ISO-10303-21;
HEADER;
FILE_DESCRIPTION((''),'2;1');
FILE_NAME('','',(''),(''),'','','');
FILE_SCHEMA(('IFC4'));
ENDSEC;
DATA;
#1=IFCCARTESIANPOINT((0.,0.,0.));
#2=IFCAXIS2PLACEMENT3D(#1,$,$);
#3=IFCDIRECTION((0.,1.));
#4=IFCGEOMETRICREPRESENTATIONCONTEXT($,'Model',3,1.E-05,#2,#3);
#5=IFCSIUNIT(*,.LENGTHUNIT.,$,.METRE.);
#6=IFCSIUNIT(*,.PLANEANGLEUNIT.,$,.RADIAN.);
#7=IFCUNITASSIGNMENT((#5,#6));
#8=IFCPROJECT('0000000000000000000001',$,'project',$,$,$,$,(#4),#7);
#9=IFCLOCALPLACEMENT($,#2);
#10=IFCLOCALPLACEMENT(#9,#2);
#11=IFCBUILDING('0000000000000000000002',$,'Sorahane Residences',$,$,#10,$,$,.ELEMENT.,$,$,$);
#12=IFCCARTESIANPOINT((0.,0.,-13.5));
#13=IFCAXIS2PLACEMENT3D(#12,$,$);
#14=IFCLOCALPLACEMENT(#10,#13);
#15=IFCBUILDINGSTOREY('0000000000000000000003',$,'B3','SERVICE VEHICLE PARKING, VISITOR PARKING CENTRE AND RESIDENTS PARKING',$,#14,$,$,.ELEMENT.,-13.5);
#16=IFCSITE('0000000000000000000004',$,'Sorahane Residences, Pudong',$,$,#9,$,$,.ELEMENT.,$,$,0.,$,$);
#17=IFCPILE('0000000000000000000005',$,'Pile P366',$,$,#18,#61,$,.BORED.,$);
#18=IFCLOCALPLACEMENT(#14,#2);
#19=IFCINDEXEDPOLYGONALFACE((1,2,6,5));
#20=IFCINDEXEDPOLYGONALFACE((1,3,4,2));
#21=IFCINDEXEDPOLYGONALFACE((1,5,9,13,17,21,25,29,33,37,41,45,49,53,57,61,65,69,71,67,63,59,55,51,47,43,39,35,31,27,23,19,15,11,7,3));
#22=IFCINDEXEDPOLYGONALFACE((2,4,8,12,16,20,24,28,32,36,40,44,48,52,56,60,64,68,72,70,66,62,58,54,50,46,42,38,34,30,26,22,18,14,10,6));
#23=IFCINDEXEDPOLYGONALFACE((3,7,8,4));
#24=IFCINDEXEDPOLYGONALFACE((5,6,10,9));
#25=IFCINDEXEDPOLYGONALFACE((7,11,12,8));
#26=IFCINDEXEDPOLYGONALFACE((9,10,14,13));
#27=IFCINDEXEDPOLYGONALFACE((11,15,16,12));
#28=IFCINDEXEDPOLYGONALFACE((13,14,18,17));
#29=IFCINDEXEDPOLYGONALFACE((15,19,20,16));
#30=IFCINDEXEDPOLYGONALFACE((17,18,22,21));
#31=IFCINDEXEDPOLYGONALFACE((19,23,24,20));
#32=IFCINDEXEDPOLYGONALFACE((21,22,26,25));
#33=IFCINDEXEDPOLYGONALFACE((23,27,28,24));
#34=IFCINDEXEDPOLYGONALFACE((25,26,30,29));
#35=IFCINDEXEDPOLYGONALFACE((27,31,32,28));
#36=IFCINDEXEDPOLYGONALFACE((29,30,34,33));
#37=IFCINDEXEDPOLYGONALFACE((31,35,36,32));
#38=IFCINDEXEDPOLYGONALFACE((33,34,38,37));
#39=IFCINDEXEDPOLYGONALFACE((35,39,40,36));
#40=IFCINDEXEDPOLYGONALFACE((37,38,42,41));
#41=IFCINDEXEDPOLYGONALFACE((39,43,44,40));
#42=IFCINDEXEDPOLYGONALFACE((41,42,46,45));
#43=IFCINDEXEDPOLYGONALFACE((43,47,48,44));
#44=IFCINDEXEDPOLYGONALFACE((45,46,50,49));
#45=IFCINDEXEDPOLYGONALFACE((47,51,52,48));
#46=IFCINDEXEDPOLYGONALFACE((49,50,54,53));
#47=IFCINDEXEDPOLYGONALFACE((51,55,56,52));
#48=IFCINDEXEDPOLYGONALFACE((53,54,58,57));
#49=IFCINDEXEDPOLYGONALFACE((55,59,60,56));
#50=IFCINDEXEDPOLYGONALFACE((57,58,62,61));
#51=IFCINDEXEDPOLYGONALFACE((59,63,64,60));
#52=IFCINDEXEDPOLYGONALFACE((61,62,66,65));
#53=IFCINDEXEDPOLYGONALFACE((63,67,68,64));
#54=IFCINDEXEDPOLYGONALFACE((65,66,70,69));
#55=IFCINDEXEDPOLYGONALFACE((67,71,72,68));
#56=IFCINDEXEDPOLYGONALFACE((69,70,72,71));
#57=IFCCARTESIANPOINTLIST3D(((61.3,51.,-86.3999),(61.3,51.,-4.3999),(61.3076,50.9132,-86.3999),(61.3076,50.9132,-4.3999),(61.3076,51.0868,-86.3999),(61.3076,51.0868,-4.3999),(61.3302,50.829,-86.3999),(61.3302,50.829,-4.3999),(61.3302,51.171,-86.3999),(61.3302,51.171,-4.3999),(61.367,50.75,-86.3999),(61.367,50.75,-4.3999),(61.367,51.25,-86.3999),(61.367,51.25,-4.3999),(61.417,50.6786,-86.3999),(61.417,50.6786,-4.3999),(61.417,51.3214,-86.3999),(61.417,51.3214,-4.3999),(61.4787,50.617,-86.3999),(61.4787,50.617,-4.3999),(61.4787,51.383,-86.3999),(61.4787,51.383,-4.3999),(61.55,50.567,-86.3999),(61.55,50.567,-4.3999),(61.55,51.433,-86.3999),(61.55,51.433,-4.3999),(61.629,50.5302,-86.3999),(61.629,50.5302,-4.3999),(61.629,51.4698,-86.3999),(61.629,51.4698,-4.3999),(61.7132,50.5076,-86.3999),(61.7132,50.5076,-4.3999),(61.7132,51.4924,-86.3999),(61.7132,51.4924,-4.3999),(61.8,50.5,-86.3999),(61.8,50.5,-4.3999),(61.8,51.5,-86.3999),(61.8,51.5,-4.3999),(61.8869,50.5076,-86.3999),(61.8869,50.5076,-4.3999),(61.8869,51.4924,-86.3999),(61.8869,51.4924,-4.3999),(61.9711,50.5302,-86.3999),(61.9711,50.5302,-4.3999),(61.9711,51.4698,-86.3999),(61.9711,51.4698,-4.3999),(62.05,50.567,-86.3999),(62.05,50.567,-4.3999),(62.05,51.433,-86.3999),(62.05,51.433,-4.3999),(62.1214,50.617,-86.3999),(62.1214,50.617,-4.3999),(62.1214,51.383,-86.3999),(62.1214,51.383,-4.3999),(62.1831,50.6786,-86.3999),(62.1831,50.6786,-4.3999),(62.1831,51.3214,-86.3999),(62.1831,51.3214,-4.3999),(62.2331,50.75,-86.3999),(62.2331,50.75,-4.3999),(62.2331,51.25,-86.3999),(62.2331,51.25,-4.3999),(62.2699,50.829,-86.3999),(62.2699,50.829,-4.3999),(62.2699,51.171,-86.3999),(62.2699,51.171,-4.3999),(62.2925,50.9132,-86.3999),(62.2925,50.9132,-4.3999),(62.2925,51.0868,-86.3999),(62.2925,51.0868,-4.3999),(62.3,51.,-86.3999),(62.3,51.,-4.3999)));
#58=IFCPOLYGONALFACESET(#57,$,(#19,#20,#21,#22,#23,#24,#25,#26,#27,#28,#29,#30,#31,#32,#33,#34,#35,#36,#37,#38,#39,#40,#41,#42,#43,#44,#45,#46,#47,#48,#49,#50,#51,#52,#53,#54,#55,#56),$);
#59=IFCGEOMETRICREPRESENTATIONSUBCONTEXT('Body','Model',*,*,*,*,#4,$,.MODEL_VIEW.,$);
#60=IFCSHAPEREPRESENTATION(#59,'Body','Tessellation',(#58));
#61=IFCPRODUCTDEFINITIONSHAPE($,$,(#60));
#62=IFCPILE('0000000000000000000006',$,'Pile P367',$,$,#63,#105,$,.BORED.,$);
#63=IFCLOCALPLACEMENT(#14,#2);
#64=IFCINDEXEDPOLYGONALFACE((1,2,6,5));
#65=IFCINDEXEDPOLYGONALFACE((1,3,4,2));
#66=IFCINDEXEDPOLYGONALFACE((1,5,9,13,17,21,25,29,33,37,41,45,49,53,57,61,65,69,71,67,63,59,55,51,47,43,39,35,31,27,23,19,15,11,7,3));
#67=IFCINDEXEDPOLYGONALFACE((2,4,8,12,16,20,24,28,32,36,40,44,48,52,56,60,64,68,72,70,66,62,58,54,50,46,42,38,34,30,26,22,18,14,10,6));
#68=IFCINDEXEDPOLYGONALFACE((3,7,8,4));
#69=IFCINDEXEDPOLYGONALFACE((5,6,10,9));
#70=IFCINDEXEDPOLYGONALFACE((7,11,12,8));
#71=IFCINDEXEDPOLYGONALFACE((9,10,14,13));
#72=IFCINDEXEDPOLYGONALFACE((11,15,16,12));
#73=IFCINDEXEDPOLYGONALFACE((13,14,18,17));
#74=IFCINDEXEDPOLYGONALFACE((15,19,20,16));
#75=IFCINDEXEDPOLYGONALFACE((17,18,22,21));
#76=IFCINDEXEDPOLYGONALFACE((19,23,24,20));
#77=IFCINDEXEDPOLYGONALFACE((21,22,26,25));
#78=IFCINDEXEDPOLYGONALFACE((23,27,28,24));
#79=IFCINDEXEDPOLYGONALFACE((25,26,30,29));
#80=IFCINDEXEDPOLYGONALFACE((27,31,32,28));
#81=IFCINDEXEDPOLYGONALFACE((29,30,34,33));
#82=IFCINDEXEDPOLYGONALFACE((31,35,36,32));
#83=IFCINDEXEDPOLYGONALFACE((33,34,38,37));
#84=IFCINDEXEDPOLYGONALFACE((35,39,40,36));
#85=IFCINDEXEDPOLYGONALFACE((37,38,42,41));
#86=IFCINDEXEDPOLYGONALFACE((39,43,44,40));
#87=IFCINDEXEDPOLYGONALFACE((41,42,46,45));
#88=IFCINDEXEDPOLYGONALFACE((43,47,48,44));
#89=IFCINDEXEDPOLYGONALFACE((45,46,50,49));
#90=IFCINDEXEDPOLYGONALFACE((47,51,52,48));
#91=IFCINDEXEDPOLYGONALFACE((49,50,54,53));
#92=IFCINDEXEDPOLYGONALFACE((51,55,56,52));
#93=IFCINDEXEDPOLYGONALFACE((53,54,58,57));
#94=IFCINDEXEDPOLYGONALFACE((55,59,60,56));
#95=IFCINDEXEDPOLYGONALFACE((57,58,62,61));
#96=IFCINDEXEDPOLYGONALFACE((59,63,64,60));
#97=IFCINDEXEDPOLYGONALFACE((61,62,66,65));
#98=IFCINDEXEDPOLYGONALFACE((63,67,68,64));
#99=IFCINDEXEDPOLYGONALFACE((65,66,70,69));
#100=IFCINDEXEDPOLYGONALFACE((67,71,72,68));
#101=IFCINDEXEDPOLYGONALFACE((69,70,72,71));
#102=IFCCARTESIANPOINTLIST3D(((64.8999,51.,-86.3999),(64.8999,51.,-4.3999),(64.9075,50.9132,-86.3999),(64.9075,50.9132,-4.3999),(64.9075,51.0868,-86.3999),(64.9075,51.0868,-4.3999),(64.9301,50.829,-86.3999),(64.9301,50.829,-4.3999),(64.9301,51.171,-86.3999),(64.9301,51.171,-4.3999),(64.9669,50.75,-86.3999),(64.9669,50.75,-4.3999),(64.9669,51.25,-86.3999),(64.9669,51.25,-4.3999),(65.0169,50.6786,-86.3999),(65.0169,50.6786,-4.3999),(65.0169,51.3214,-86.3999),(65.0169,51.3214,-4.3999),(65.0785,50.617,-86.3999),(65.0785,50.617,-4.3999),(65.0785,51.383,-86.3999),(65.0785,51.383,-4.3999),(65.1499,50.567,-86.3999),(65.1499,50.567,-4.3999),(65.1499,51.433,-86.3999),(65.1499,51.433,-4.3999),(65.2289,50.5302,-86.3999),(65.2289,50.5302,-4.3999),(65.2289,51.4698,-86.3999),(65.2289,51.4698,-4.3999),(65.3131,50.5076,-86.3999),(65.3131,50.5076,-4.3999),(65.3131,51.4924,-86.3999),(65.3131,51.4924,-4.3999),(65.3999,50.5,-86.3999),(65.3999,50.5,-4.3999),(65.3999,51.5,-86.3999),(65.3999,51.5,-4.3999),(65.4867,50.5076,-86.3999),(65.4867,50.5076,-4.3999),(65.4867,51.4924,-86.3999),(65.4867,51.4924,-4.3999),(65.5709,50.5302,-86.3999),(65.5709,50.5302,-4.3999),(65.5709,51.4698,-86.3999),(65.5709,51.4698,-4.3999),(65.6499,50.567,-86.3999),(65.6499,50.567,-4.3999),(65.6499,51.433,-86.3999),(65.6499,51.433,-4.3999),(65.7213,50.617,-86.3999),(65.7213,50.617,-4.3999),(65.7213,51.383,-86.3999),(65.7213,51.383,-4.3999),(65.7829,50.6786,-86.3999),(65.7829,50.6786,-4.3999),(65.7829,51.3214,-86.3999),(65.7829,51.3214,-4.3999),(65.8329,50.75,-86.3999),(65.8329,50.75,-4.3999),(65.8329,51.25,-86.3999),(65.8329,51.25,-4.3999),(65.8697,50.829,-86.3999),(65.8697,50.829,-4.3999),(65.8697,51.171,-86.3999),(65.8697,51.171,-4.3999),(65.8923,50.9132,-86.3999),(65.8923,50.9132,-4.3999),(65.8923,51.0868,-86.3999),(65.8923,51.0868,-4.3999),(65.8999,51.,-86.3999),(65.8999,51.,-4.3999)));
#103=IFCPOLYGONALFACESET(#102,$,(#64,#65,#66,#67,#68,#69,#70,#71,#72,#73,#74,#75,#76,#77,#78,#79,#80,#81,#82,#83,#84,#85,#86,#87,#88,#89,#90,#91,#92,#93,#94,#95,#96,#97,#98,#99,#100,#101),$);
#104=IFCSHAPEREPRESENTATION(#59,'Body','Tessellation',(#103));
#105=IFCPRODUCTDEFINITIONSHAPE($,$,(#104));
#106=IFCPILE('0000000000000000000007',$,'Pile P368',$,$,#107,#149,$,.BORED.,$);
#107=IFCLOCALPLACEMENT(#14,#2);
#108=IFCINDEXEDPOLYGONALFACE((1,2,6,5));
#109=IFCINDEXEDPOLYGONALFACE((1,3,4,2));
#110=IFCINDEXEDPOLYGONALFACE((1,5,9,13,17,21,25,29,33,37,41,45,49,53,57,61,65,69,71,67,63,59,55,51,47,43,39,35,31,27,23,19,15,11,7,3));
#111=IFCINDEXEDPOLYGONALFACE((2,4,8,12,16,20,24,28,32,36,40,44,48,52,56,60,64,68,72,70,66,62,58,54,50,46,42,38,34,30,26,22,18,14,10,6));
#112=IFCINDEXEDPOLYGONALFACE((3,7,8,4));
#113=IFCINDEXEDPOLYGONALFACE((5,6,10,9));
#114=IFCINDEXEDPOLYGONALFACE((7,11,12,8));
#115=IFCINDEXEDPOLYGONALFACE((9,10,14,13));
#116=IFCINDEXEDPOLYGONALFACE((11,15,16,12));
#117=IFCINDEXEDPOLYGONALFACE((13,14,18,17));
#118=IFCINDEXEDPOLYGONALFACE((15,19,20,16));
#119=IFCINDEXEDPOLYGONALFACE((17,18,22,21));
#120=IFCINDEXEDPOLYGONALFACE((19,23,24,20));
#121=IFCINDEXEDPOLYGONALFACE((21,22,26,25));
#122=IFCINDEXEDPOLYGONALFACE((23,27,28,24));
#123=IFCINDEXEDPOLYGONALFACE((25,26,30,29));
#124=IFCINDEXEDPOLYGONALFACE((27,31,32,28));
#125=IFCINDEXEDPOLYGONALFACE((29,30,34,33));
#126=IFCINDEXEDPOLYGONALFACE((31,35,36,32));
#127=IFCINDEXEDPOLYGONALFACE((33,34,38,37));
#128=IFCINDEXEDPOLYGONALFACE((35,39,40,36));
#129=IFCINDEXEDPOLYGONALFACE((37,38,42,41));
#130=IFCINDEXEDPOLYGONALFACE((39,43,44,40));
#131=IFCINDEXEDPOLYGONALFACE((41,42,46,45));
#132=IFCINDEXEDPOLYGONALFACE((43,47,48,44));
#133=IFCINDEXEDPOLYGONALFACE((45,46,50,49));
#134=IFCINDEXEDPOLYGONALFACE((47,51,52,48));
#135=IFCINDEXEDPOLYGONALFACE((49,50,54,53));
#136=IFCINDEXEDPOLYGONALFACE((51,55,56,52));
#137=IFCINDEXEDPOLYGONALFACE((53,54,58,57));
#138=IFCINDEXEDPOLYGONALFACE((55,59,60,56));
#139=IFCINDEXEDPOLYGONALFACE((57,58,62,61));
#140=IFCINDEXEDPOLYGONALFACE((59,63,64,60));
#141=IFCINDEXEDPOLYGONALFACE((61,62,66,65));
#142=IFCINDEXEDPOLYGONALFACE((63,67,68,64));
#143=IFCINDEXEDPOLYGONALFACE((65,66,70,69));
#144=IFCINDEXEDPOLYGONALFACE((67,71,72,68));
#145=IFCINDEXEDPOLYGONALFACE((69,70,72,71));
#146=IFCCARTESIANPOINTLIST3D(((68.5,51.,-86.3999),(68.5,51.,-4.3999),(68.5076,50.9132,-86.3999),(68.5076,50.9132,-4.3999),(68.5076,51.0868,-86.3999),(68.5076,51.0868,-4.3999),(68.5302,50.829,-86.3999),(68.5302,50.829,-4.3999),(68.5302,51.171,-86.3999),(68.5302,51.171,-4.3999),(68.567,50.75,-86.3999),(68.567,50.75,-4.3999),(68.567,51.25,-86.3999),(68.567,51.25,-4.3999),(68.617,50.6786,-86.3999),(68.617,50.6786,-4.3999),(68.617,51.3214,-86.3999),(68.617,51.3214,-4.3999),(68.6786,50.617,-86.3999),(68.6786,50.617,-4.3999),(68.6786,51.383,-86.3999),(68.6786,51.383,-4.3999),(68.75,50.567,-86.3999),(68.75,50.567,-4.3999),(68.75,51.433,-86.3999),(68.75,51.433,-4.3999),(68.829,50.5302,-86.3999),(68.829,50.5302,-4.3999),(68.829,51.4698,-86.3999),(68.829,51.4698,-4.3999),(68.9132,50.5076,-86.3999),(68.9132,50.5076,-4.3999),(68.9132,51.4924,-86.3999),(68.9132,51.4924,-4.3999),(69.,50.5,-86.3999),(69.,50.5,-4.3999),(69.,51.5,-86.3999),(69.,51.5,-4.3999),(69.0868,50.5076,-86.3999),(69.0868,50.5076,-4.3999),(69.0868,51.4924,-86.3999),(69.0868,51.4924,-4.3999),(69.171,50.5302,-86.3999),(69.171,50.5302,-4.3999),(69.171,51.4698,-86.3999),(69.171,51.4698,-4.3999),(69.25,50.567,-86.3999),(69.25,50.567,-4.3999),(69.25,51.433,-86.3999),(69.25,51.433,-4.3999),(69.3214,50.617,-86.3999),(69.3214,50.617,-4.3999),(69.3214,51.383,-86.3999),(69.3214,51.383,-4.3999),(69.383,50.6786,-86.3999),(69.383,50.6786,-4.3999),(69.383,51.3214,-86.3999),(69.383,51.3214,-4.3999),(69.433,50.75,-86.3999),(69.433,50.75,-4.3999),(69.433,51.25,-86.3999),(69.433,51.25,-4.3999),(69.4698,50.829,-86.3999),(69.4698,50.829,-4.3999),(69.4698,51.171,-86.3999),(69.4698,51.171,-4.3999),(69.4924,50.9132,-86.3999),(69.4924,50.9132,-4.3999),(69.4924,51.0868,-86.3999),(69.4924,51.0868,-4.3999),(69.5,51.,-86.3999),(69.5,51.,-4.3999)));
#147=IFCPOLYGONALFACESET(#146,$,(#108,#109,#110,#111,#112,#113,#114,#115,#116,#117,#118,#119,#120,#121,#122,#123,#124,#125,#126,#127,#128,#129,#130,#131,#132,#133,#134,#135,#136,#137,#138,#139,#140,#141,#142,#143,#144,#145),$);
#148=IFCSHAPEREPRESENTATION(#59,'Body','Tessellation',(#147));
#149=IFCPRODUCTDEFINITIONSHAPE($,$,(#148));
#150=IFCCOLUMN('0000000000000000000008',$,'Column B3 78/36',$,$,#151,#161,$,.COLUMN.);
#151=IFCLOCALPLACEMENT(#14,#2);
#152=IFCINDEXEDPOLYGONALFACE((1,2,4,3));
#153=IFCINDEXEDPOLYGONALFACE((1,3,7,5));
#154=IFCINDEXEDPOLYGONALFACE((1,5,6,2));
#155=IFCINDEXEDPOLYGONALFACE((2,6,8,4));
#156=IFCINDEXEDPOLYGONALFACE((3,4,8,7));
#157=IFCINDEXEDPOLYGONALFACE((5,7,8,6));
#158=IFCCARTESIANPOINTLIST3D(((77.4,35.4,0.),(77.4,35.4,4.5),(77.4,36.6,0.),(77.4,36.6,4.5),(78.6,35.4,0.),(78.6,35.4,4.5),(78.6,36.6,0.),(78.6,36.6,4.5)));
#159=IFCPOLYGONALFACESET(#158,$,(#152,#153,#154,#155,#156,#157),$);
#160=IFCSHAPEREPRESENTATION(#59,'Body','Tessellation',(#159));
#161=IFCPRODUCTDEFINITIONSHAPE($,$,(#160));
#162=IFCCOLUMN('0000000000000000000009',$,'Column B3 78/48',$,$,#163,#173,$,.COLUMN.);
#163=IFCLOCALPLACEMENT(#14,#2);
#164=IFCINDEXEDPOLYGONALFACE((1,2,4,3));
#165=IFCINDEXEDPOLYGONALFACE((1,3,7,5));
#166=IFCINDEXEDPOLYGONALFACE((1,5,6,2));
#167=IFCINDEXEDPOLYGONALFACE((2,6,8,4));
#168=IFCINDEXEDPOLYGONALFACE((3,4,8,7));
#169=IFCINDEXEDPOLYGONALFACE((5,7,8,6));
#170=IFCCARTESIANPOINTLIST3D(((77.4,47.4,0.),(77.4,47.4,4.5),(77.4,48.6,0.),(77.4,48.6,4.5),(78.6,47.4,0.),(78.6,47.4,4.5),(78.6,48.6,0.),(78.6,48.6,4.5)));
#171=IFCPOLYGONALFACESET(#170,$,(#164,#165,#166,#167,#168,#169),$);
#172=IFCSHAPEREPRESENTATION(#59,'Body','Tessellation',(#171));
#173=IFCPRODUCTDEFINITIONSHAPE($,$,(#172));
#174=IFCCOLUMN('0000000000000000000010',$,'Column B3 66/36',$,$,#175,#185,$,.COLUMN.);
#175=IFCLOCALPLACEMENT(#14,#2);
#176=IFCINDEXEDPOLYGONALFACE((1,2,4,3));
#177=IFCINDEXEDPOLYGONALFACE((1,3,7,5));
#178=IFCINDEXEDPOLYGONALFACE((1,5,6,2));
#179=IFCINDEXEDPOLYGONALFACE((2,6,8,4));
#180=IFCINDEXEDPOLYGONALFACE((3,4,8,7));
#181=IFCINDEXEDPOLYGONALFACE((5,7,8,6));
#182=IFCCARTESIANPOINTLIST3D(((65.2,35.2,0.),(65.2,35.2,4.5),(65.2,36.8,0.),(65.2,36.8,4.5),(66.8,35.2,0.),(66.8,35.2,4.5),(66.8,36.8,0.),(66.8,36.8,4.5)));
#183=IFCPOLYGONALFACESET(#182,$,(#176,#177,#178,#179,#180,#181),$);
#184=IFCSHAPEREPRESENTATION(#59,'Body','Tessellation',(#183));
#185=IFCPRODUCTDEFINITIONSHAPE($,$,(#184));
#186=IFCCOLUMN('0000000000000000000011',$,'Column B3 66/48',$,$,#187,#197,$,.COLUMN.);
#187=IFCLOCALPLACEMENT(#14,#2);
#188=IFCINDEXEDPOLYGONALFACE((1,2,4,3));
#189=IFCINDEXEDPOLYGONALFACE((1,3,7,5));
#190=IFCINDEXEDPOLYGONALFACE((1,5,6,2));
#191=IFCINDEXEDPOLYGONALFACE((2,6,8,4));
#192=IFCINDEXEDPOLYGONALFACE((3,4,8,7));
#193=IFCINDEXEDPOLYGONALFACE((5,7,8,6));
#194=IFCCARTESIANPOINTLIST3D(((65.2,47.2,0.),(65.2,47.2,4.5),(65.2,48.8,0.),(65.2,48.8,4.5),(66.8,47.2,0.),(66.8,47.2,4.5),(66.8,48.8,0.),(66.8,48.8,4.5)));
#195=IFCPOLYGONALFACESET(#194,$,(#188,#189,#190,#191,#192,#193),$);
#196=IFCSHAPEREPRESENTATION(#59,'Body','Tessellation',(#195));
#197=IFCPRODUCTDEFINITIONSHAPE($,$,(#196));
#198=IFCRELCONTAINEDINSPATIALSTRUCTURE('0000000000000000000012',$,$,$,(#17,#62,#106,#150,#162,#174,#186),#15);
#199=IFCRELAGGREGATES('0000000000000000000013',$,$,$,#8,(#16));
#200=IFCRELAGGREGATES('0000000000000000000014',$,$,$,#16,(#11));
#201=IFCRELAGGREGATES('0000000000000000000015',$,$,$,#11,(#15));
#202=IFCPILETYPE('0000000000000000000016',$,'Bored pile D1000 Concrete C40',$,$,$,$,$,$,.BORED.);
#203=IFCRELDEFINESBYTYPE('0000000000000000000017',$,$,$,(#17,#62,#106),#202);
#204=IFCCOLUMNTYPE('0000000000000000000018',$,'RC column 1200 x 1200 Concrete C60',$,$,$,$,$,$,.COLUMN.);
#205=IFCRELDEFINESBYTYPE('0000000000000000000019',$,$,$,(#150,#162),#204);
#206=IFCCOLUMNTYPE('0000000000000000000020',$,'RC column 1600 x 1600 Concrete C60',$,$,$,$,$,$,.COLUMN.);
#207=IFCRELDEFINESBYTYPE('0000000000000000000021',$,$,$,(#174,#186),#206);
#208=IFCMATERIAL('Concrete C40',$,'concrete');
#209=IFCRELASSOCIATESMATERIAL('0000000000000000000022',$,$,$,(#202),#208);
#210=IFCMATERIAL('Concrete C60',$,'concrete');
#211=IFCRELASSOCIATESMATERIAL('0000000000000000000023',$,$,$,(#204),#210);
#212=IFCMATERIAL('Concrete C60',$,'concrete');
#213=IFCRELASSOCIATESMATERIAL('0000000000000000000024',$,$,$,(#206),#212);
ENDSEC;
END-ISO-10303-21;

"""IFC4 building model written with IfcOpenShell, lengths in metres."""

from ifc_helpers import new_model, si_unit, direction, frame, origin, origin_2d, place, context, subcontext, project, spatial, rectangle, circle, extrude, material, material_profile, profile_set, type_object, element, save


model = new_model("IFC4")

# Units and contexts
model_context = context("Model", 3, precision=1e-05, world=origin(), true_north=direction((0.0, 1.0)))
body_context = subcontext(model_context, "Body", "Model", "MODEL_VIEW")
ifc_project = project(units=[si_unit("LENGTHUNIT", "METRE"), si_unit("PLANEANGLEUNIT", "RADIAN")], contexts=[model_context])

# Site, building, storey
site_placement = place(None, origin())
site = spatial("IfcSite", under=ifc_project, at=site_placement, Name="Sorahane Residences, Pudong", CompositionType="ELEMENT", RefElevation=0.0)
building_placement = place(site_placement, origin())
building = spatial("IfcBuilding", under=site, at=building_placement, Name="Sorahane Residences", CompositionType="ELEMENT")
storey_placement = place(building_placement, frame((0.0, 0.0, -13.5)))
storey = spatial("IfcBuildingStorey", under=building, at=storey_placement, Name="B3", Description="SERVICE VEHICLE PARKING, VISITOR PARKING CENTRE AND RESIDENTS PARKING", CompositionType="ELEMENT", Elevation=-13.5)

# Piles
ifc_material_1 = material(Name="Concrete C40", Category="concrete")
ifc_material_profile_1 = material_profile(ifc_material_1, circle(Radius=0.5, at=origin_2d()), Name="D1000")
ifc_profile_set_1 = profile_set([ifc_material_profile_1], Name="Concrete C40")
pile_type = type_object("IfcPileType", Name="Bored pile D1000 Concrete C40", PredefinedType="BORED", material=ifc_profile_set_1)
for number, where, z_axis, x_axis, name in (
    (1, (61.8, 51.0, -4.3999), (0.0, 0.0, -1.0), (1.0, 0.0, 0.0), "Pile P366"),
    (2, (65.3999, 51.0, -4.3999), (0.0, 0.0, -1.0), (1.0, 0.0, 0.0), "Pile P367"),
    (3, (69.0, 51.0, -4.3999), (0.0, 0.0, -1.0), (1.0, 0.0, 0.0), "Pile P368"),
):
    element("IfcPile", number, at=place(storey_placement, frame(where, z_axis=z_axis, x_axis=x_axis)), inside=storey, type_object=pile_type, Name=name, PredefinedType="BORED", context=body_context, shape_type="SweptSolid", body=[
        extrude(circle(Radius=0.5, at=origin_2d()), origin(), (0.0, 0.0, 1.0), 82.0),
    ])

# Columns
ifc_material_2 = material(Name="Concrete C60", Category="concrete")
ifc_material_profile_2 = material_profile(ifc_material_2, rectangle(XDim=1.2, YDim=1.2, at=origin_2d()), Name="1200x1200")
ifc_profile_set_2 = profile_set([ifc_material_profile_2], Name="Concrete C60")
column_type_1 = type_object("IfcColumnType", Name="RC column 1200 x 1200 Concrete C60", PredefinedType="COLUMN", material=ifc_profile_set_2)
for number, where, z_axis, x_axis, name in (
    (4, (78.0, 36.0, 0.0), (0.0, 0.0, 1.0), (1.0, 0.0, 0.0), "Column B3 78/36"),
    (5, (78.0, 48.0, 0.0), (0.0, 0.0, 1.0), (1.0, 0.0, 0.0), "Column B3 78/48"),
):
    element("IfcColumn", number, at=place(storey_placement, frame(where, z_axis=z_axis, x_axis=x_axis)), inside=storey, type_object=column_type_1, Name=name, PredefinedType="COLUMN", context=body_context, shape_type="SweptSolid", body=[
        extrude(rectangle(XDim=1.2, YDim=1.2, at=origin_2d()), origin(), (0.0, 0.0, 1.0), 4.5),
    ])
ifc_material_3 = material(Name="Concrete C60", Category="concrete")
ifc_material_profile_3 = material_profile(ifc_material_3, rectangle(XDim=1.6001, YDim=1.6001, at=origin_2d()), Name="1600x1600")
ifc_profile_set_3 = profile_set([ifc_material_profile_3], Name="Concrete C60")
column_type_2 = type_object("IfcColumnType", Name="RC column 1600 x 1600 Concrete C60", PredefinedType="COLUMN", material=ifc_profile_set_3)
for number, where, z_axis, x_axis, name in (
    (6, (66.0, 36.0, 0.0), (0.0, 0.0, 1.0), (1.0, 0.0, 0.0), "Column B3 66/36"),
    (7, (66.0, 48.0, 0.0), (0.0, 0.0, 1.0), (1.0, 0.0, 0.0), "Column B3 66/48"),
):
    element("IfcColumn", number, at=place(storey_placement, frame(where, z_axis=z_axis, x_axis=x_axis)), inside=storey, type_object=column_type_2, Name=name, PredefinedType="COLUMN", context=body_context, shape_type="SweptSolid", body=[
        extrude(rectangle(XDim=1.6001, YDim=1.6001, at=origin_2d()), origin(), (0.0, 0.0, 1.0), 4.5),
    ])

save(model, "model.ifc")
